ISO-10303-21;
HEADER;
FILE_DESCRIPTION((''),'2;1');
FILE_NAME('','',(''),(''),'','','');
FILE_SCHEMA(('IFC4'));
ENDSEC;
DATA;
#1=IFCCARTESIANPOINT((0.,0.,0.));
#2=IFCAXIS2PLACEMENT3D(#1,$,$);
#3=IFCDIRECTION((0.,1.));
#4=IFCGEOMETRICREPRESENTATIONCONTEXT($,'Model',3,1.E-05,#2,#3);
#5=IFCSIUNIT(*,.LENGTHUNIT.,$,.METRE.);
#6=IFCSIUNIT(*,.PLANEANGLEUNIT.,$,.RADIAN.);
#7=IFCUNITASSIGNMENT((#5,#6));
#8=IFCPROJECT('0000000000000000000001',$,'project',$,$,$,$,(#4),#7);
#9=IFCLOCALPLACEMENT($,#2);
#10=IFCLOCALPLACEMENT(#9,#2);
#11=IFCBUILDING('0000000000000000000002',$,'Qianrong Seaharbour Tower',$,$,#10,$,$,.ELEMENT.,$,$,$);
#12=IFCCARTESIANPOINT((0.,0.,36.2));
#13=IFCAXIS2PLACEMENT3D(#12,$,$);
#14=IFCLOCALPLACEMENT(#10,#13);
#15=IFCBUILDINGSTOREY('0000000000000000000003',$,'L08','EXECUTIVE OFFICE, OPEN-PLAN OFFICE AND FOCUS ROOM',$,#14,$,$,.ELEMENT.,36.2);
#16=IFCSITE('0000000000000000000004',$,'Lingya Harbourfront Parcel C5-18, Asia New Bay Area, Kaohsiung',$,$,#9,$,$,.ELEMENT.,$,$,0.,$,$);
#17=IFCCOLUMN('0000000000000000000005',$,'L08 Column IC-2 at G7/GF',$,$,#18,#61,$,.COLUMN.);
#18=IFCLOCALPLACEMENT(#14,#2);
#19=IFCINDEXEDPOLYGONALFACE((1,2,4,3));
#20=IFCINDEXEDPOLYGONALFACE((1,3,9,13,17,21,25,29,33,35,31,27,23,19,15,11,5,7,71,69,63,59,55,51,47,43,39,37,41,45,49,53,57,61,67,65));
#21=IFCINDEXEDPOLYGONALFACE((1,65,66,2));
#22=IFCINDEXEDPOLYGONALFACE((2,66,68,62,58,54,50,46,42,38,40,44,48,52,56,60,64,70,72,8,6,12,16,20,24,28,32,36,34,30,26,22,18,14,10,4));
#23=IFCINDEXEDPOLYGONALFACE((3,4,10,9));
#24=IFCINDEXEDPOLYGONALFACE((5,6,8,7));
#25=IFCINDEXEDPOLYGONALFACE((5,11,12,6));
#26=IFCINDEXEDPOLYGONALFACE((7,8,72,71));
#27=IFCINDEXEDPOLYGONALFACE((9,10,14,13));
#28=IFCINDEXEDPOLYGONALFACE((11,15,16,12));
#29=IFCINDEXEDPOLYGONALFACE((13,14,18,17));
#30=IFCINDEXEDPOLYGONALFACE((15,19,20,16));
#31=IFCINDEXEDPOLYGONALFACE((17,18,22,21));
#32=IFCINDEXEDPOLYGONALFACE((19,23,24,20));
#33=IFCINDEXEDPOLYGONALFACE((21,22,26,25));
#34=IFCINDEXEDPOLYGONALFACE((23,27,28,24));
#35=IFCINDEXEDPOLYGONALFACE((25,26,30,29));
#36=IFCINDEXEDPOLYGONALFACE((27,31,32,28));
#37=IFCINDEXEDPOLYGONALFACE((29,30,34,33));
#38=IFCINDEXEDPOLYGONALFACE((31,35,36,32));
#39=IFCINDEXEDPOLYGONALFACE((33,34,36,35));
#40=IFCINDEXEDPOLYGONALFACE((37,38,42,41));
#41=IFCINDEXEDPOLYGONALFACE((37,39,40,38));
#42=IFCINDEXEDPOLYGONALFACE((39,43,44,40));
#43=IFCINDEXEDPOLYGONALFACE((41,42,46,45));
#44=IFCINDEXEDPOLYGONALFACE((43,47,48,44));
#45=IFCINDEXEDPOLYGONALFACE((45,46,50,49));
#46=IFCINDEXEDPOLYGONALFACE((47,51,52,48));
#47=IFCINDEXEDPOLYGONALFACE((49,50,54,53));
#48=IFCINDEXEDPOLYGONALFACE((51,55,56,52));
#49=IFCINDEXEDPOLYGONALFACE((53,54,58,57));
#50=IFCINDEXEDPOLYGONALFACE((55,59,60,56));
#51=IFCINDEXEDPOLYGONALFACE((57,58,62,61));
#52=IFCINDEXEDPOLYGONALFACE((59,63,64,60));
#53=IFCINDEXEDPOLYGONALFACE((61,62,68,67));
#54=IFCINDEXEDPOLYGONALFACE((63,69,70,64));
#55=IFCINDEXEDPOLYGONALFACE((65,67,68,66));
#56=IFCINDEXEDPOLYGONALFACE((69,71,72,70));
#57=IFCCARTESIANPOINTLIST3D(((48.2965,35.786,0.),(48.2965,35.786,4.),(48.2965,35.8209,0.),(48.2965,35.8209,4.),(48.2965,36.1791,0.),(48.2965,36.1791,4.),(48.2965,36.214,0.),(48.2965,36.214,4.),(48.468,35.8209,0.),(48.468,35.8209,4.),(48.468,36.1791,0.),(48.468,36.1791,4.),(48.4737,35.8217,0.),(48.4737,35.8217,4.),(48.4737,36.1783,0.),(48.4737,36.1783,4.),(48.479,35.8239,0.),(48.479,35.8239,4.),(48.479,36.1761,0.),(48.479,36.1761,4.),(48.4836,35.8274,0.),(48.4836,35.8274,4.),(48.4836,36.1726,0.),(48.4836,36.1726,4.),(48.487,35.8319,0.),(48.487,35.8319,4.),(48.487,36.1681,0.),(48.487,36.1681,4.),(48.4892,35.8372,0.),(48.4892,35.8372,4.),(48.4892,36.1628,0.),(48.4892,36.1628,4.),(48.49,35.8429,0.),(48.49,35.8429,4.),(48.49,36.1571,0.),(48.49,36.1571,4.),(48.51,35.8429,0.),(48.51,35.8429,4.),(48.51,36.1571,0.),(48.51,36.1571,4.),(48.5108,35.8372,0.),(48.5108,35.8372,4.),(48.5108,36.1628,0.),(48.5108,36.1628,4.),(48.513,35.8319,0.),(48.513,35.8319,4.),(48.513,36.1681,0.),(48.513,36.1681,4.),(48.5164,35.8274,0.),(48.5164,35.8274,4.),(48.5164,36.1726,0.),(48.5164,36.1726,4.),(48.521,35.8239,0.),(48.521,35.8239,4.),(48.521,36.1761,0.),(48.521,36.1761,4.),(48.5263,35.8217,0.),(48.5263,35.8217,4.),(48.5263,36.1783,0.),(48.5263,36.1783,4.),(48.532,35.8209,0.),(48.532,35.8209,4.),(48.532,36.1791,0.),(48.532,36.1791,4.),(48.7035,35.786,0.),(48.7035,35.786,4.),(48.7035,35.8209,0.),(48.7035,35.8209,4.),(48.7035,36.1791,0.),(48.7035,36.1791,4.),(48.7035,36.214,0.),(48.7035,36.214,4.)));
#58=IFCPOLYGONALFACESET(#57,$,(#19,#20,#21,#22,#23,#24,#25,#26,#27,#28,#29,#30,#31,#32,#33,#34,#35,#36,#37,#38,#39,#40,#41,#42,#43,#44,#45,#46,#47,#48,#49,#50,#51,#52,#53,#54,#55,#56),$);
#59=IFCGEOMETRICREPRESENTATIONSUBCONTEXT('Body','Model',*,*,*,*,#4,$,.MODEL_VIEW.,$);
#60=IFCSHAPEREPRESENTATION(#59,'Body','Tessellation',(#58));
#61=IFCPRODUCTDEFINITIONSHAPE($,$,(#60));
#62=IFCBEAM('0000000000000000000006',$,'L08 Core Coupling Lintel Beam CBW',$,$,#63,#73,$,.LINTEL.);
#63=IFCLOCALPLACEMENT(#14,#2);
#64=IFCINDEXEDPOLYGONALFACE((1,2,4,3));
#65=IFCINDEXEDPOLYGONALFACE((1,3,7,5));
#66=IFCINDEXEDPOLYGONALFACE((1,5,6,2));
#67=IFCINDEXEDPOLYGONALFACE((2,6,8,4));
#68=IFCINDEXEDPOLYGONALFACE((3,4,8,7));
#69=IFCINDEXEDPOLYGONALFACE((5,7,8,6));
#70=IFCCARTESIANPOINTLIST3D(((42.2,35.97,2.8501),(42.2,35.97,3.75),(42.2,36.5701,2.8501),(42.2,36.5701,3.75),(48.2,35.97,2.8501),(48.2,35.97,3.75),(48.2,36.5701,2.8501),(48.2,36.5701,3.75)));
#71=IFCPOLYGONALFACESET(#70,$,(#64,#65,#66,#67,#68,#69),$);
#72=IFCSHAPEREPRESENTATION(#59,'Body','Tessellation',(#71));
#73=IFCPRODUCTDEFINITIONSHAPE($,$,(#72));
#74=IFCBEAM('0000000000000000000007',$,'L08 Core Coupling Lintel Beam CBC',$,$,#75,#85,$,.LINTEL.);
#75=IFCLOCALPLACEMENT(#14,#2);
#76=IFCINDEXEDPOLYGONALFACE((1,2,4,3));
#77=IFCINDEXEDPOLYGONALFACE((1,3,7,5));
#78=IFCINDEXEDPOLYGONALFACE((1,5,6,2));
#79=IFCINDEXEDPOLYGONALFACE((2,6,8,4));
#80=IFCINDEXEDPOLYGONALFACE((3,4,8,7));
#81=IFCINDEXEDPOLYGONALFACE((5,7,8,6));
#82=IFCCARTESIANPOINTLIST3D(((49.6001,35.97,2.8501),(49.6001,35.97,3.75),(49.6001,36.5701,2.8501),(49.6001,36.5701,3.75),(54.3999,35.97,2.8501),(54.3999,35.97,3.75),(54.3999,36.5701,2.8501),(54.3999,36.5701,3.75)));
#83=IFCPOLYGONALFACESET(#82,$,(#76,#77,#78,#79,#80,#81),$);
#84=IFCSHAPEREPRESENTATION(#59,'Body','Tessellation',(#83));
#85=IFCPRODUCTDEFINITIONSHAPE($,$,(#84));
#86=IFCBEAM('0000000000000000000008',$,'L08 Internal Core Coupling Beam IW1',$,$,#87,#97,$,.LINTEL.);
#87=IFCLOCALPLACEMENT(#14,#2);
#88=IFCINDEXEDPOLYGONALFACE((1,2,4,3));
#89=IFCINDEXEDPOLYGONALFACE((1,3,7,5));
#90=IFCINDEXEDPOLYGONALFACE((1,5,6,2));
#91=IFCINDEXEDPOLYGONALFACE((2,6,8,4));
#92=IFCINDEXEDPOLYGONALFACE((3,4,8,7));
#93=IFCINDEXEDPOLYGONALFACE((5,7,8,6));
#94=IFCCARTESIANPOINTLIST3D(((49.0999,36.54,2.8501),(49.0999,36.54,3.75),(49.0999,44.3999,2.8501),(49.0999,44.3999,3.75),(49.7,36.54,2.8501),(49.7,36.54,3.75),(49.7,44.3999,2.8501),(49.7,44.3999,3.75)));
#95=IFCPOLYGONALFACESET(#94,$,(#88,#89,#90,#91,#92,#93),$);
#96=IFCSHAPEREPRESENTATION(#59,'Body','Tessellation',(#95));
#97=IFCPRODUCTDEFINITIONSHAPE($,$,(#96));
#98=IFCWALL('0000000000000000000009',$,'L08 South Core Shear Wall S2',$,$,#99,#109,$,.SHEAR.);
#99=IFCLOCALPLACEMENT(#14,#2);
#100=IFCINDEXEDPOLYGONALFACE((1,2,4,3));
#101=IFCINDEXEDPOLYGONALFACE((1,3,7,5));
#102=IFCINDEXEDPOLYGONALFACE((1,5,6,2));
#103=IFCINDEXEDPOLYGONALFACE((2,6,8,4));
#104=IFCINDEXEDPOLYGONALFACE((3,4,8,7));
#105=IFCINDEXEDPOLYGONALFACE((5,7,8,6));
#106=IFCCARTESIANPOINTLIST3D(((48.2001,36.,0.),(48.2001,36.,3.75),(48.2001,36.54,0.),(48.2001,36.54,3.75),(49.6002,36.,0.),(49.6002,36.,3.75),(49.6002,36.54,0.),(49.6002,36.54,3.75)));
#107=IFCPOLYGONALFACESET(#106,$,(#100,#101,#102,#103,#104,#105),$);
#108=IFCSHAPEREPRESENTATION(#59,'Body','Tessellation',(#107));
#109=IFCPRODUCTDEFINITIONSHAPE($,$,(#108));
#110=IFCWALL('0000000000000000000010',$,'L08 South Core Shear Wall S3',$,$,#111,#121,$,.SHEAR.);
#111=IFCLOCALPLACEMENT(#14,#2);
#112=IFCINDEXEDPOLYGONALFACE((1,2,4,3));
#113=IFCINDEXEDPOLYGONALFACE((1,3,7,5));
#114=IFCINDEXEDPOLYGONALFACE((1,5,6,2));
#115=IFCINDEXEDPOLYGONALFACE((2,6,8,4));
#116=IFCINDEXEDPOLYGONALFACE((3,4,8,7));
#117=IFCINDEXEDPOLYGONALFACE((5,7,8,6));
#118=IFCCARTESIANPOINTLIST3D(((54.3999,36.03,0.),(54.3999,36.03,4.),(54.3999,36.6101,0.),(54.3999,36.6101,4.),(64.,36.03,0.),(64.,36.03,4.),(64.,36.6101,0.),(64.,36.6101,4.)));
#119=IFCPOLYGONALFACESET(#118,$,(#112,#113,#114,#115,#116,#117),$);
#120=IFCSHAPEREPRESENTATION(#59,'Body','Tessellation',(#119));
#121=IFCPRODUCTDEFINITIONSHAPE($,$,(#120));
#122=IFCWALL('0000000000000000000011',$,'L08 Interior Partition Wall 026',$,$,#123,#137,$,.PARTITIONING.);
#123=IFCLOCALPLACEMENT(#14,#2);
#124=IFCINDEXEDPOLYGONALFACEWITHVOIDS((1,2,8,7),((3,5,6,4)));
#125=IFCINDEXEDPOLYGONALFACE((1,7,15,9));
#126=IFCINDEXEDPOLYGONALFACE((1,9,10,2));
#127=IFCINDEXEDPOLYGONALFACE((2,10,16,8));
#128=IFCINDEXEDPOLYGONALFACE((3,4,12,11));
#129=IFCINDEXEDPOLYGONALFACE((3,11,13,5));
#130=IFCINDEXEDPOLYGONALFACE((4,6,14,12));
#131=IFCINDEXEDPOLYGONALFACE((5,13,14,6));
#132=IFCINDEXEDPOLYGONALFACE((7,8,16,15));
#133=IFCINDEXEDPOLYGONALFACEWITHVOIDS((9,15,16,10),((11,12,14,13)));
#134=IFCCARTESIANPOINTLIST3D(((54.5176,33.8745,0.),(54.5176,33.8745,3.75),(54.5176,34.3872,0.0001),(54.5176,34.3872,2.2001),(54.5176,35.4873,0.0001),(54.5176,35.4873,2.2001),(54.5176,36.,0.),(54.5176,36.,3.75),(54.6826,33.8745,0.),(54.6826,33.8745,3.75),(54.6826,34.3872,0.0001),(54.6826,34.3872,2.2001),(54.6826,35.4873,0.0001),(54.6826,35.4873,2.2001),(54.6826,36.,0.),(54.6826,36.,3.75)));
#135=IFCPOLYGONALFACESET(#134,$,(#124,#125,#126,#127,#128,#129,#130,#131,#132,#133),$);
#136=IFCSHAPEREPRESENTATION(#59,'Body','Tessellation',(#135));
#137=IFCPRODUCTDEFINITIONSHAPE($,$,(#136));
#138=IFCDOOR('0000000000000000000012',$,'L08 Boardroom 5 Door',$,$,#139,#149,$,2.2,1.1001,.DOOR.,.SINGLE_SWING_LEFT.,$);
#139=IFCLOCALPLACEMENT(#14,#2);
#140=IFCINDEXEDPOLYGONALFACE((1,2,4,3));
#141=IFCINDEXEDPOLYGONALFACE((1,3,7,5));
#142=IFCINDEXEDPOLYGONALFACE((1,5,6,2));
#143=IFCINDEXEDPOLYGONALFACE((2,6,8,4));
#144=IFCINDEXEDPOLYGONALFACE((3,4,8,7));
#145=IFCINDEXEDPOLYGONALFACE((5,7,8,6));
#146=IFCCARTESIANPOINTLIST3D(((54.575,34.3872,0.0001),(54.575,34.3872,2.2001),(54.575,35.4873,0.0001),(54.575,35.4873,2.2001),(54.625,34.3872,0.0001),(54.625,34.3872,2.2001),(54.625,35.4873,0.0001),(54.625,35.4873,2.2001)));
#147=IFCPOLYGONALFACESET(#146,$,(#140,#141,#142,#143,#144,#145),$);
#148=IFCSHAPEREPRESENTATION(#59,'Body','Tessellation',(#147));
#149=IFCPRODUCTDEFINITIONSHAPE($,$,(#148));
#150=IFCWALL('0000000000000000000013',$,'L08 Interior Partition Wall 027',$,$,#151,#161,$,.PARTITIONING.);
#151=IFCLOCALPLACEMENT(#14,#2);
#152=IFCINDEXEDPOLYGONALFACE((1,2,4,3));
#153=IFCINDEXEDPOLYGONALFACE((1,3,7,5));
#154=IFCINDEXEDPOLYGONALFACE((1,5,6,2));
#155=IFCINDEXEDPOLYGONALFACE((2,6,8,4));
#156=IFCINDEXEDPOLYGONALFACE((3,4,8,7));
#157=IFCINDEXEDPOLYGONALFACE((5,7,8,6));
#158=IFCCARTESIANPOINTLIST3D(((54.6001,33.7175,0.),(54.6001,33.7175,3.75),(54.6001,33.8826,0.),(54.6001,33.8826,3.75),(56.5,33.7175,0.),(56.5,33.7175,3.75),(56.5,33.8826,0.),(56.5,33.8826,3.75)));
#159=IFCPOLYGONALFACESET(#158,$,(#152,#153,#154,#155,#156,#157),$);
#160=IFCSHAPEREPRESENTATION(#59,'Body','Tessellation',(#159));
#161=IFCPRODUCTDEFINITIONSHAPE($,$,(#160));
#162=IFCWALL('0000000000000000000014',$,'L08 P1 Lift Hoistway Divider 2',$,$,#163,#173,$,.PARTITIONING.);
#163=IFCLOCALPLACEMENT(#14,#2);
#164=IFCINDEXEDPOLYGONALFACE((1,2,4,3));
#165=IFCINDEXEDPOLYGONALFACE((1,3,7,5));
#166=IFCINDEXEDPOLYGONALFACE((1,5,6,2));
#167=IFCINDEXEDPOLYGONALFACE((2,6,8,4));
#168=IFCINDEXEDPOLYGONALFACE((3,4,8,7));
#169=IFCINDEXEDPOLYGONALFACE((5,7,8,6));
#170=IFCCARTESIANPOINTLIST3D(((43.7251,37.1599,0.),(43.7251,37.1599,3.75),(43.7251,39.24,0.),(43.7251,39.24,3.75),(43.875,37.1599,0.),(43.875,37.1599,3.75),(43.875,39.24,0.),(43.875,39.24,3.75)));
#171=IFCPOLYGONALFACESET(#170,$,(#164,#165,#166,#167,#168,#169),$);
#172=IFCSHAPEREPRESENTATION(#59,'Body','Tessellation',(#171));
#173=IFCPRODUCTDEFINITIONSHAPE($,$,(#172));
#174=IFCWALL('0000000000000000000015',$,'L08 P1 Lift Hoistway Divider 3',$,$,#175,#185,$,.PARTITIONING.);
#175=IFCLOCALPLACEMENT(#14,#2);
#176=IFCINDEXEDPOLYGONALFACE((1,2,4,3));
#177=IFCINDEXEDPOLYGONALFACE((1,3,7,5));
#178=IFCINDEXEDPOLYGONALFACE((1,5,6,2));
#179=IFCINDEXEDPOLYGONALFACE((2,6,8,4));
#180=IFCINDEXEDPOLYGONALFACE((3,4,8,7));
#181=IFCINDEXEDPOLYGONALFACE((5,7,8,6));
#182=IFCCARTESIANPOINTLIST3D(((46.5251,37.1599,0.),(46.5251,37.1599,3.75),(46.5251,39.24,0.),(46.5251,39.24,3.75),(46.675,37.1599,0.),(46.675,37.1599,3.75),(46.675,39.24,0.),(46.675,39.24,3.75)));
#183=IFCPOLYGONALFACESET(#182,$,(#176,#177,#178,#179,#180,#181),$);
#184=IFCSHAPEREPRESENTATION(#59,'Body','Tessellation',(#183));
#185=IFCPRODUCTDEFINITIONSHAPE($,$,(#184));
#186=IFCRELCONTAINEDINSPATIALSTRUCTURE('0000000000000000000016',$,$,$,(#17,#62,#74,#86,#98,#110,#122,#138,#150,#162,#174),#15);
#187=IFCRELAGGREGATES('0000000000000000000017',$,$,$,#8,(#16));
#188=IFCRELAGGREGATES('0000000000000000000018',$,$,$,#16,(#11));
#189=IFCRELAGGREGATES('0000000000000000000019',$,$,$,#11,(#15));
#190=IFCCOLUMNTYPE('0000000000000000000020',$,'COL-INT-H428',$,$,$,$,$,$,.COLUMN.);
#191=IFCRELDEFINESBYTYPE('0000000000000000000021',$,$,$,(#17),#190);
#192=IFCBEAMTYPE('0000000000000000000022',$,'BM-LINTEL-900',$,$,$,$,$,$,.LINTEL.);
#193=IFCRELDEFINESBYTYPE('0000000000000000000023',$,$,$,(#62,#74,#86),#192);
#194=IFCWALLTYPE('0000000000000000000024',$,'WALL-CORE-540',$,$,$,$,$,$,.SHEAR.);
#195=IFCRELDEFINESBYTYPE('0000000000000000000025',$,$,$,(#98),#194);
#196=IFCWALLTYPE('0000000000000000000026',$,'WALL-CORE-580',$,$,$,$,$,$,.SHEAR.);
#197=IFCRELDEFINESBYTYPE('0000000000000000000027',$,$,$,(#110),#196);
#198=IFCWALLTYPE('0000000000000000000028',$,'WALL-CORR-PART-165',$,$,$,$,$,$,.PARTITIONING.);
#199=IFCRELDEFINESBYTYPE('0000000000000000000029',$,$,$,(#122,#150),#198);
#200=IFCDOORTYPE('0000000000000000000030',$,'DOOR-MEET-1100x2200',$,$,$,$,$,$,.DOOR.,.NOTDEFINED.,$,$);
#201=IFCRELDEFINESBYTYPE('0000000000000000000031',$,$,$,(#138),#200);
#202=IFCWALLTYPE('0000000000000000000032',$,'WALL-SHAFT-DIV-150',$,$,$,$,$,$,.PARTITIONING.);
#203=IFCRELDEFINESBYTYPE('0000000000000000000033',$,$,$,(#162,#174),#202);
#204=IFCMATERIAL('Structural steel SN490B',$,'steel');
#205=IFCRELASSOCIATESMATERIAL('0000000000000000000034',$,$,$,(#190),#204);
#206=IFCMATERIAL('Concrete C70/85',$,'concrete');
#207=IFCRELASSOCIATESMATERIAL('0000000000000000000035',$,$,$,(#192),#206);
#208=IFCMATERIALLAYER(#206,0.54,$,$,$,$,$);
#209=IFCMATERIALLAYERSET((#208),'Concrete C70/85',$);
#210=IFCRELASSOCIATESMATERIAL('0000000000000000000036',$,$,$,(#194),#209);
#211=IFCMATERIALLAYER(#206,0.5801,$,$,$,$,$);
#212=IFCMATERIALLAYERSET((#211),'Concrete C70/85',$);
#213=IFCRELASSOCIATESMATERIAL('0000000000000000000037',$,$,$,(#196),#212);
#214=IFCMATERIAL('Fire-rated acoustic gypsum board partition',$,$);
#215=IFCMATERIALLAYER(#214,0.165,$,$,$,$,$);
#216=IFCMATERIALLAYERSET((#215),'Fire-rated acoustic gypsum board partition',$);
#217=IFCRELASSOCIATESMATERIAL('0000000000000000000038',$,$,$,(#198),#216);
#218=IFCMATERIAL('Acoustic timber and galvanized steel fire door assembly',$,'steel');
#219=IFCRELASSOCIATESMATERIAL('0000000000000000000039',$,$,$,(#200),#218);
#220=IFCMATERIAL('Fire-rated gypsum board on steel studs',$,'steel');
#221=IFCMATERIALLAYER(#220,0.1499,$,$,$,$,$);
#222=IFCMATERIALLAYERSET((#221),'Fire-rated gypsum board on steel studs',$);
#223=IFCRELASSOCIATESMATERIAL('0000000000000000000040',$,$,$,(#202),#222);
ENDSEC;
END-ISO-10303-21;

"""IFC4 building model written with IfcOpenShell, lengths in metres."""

from ifc_helpers import new_model, si_unit, direction, frame, frame_2d, origin, origin_2d, place, context, subcontext, project, spatial, rectangle, i_section, extrude, material, layer, layer_set, material_profile, profile_set, type_object, element, fill, save


model = new_model("IFC4")

# Units and contexts
model_context = context("Model", 3, precision=1e-05, world=origin(), true_north=direction((0.0, 1.0)))
body_context = subcontext(model_context, "Body", "Model", "MODEL_VIEW")
ifc_project = project(units=[si_unit("LENGTHUNIT", "METRE"), si_unit("PLANEANGLEUNIT", "RADIAN")], contexts=[model_context])

# Site, building, storey
site_placement = place(None, origin())
site = spatial("IfcSite", under=ifc_project, at=site_placement, Name="Lingya Harbourfront Parcel C5-18, Asia New Bay Area, Kaohsiung", CompositionType="ELEMENT", RefElevation=0.0)
building_placement = place(site_placement, origin())
building = spatial("IfcBuilding", under=site, at=building_placement, Name="Qianrong Seaharbour Tower", CompositionType="ELEMENT")
storey_placement = place(building_placement, frame((0.0, 0.0, 36.2)))
storey = spatial("IfcBuildingStorey", under=building, at=storey_placement, Name="L08", Description="EXECUTIVE OFFICE, OPEN-PLAN OFFICE AND FOCUS ROOM", CompositionType="ELEMENT", Elevation=36.2)

# Column
ifc_material_1 = material(Name="Structural steel SN490B", Category="steel")
ifc_material_profile_1 = material_profile(ifc_material_1, i_section(OverallWidth=0.407, OverallDepth=0.428, WebThickness=0.02, FlangeThickness=0.0349, FilletRadius=0.022, at=origin_2d()), Name="H428x407x20x35")
ifc_profile_set_1 = profile_set([ifc_material_profile_1], Name="Structural steel SN490B")
column_type = type_object("IfcColumnType", Name="COL-INT-H428", PredefinedType="COLUMN", material=ifc_profile_set_1)
column_placement = place(storey_placement, frame((48.5, 36.0, 0.0), z_axis=(0.0, 0.0, 1.0), x_axis=(1.0, 0.0, 0.0)))
element("IfcColumn", 1, at=column_placement, inside=storey, type_object=column_type, Name="L08 Column IC-2 at G7/GF", PredefinedType="COLUMN", context=body_context, shape_type="SweptSolid", body=[
    extrude(i_section(OverallWidth=0.407, OverallDepth=0.428, WebThickness=0.02, FlangeThickness=0.0349, FilletRadius=0.022, at=origin_2d()), origin(), (0.0, 0.0, 1.0), 4.0),
])

# Beams
ifc_material_2 = material(Name="Concrete C70/85", Category="concrete")
ifc_material_profile_2 = material_profile(ifc_material_2, rectangle(XDim=0.6001, YDim=0.8999, at=origin_2d()), Name="RC600x900")
ifc_profile_set_2 = profile_set([ifc_material_profile_2], Name="Concrete C70/85")
beam_type = type_object("IfcBeamType", Name="BM-LINTEL-900", PredefinedType="LINTEL", material=ifc_profile_set_2)
beam_1_placement = place(storey_placement, frame((42.2, 36.27, 3.3), z_axis=(1.0, 0.0, 0.0), x_axis=(0.0, 1.0, 0.0)))
element("IfcBeam", 2, at=beam_1_placement, inside=storey, type_object=beam_type, Name="L08 Core Coupling Lintel Beam CBW", PredefinedType="LINTEL", context=body_context, shape_type="SweptSolid", body=[
    extrude(rectangle(XDim=0.6001, YDim=0.8999, at=origin_2d()), origin(), (0.0, 0.0, 1.0), 6.0),
])
beam_2_placement = place(storey_placement, frame((49.6001, 36.27, 3.3), z_axis=(1.0, 0.0, 0.0), x_axis=(0.0, 1.0, 0.0)))
element("IfcBeam", 3, at=beam_2_placement, inside=storey, type_object=beam_type, Name="L08 Core Coupling Lintel Beam CBC", PredefinedType="LINTEL", context=body_context, shape_type="SweptSolid", body=[
    extrude(rectangle(XDim=0.6001, YDim=0.8999, at=origin_2d()), origin(), (0.0, 0.0, 1.0), 4.7998),
])
beam_3_placement = place(storey_placement, frame((49.3999, 36.54, 3.3), z_axis=(0.0, 1.0, 0.0), x_axis=(-1.0, 0.0, 0.0)))
element("IfcBeam", 4, at=beam_3_placement, inside=storey, type_object=beam_type, Name="L08 Internal Core Coupling Beam IW1", PredefinedType="LINTEL", context=body_context, shape_type="SweptSolid", body=[
    extrude(rectangle(XDim=0.6001, YDim=0.8999, at=origin_2d()), origin(), (0.0, 0.0, 1.0), 7.8599),
])

# Walls
ifc_layer_1 = layer(ifc_material_2, 0.54)
ifc_layer_set_1 = layer_set([ifc_layer_1], Name="Concrete C70/85")
wall_type_1 = type_object("IfcWallType", Name="WALL-CORE-540", PredefinedType="SHEAR", material=ifc_layer_set_1)
wall_1_placement = place(storey_placement, frame((48.2, 36.27, 0.0), z_axis=(0.0, 0.0, 1.0), x_axis=(1.0, 0.0, 0.0)))
element("IfcWall", 5, at=wall_1_placement, inside=storey, type_object=wall_type_1, Name="L08 South Core Shear Wall S2", PredefinedType="SHEAR", context=body_context, shape_type="SweptSolid", body=[
    extrude(rectangle(XDim=1.4001, YDim=0.54, at=frame_2d((0.7002, 0.0))), origin(), (0.0, 0.0, 1.0), 3.75),
])
ifc_layer_2 = layer(ifc_material_2, 0.5801)
ifc_layer_set_2 = layer_set([ifc_layer_2], Name="Concrete C70/85")
wall_type_2 = type_object("IfcWallType", Name="WALL-CORE-580", PredefinedType="SHEAR", material=ifc_layer_set_2)
wall_2_placement = place(storey_placement, frame((54.3999, 36.3201, 0.0), z_axis=(0.0, 0.0, 1.0), x_axis=(1.0, 0.0, 0.0)))
element("IfcWall", 6, at=wall_2_placement, inside=storey, type_object=wall_type_2, Name="L08 South Core Shear Wall S3", PredefinedType="SHEAR", context=body_context, shape_type="SweptSolid", body=[
    extrude(rectangle(XDim=9.6001, YDim=0.5801, at=frame_2d((4.8, 0.0))), origin(), (0.0, 0.0, 1.0), 4.0),
])

# Wall, opening, door
ifc_material_3 = material(Name="Fire-rated acoustic gypsum board partition")
ifc_layer_3 = layer(ifc_material_3, 0.165)
ifc_layer_set_3 = layer_set([ifc_layer_3], Name="Fire-rated acoustic gypsum board partition")
wall_type_3 = type_object("IfcWallType", Name="WALL-CORR-PART-165", PredefinedType="PARTITIONING", material=ifc_layer_set_3)
wall_3_placement = place(storey_placement, frame((54.6001, 36.0, 0.0), z_axis=(0.0, 0.0, 1.0), x_axis=(0.0, -1.0, 0.0)))
wall_3 = element("IfcWall", 7, at=wall_3_placement, inside=storey, type_object=wall_type_3, Name="L08 Interior Partition Wall 026", PredefinedType="PARTITIONING", context=body_context, shape_type="SweptSolid", body=[
    extrude(rectangle(XDim=2.1255, YDim=0.165, at=frame_2d((1.0627, 0.0))), origin(), (0.0, 0.0, 1.0), 3.75),
])
opening_1_placement = place(wall_3_placement, frame((0.5127, 0.0, 0.0)))
opening_1 = element("IfcOpeningElement", 8, at=opening_1_placement, cuts=wall_3, PredefinedType="OPENING", context=body_context, shape_type="SweptSolid", body=[
    extrude(rectangle(XDim=1.1001, YDim=2.2, at=frame_2d((0.55, 1.1001))), frame((0.0, 0.0925, 0.0), z_axis=(0.0, -1.0, 0.0), x_axis=(1.0, 0.0, 0.0)), (0.0, 0.0, 1.0), 0.1851),
])
ifc_material_4 = material(Name="Acoustic timber and galvanized steel fire door assembly", Category="steel")
door_type_1 = type_object("IfcDoorType", Name="DOOR-MEET-1100x2200", OperationType="NOTDEFINED", PredefinedType="DOOR", material=ifc_material_4)
door_1_placement = place(opening_1_placement, origin())
door_1 = element("IfcDoor", 9, at=door_1_placement, inside=storey, type_object=door_type_1, Name="L08 Boardroom 5 Door", OperationType="SINGLE_SWING_LEFT", OverallHeight=2.2, OverallWidth=1.1001, PredefinedType="DOOR", context=body_context, shape_type="SweptSolid", body=[
    extrude(rectangle(XDim=1.1001, YDim=2.2, at=frame_2d((0.55, 1.1001))), frame((0.0, 0.0249, 0.0), z_axis=(0.0, -1.0, 0.0), x_axis=(1.0, 0.0, 0.0)), (0.0, 0.0, 1.0), 0.05),
])
fill(opening_1, door_1)

# Walls
wall_4_placement = place(storey_placement, frame((54.6001, 33.8, 0.0), z_axis=(0.0, 0.0, 1.0), x_axis=(1.0, 0.0, 0.0)))
element("IfcWall", 10, at=wall_4_placement, inside=storey, type_object=wall_type_3, Name="L08 Interior Partition Wall 027", PredefinedType="PARTITIONING", context=body_context, shape_type="SweptSolid", body=[
    extrude(rectangle(XDim=1.8999, YDim=0.165, at=frame_2d((0.95, 0.0))), origin(), (0.0, 0.0, 1.0), 3.75),
])
ifc_material_5 = material(Name="Fire-rated gypsum board on steel studs", Category="steel")
ifc_layer_4 = layer(ifc_material_5, 0.1499)
ifc_layer_set_4 = layer_set([ifc_layer_4], Name="Fire-rated gypsum board on steel studs")
wall_type_4 = type_object("IfcWallType", Name="WALL-SHAFT-DIV-150", PredefinedType="PARTITIONING", material=ifc_layer_set_4)
for number, where, z_axis, x_axis, name in (
    (11, (43.8, 37.1599, 0.0), (0.0, 0.0, 1.0), (0.0, 1.0, 0.0), "L08 P1 Lift Hoistway Divider 2"),
    (12, (46.6001, 37.1599, 0.0), (0.0, 0.0, 1.0), (0.0, 1.0, 0.0), "L08 P1 Lift Hoistway Divider 3"),
):
    element("IfcWall", number, at=place(storey_placement, frame(where, z_axis=z_axis, x_axis=x_axis)), inside=storey, type_object=wall_type_4, Name=name, PredefinedType="PARTITIONING", context=body_context, shape_type="SweptSolid", body=[
        extrude(rectangle(XDim=2.0801, YDim=0.1499, at=frame_2d((1.04, 0.0))), origin(), (0.0, 0.0, 1.0), 3.75),
    ])

save(model, "model.ifc")
